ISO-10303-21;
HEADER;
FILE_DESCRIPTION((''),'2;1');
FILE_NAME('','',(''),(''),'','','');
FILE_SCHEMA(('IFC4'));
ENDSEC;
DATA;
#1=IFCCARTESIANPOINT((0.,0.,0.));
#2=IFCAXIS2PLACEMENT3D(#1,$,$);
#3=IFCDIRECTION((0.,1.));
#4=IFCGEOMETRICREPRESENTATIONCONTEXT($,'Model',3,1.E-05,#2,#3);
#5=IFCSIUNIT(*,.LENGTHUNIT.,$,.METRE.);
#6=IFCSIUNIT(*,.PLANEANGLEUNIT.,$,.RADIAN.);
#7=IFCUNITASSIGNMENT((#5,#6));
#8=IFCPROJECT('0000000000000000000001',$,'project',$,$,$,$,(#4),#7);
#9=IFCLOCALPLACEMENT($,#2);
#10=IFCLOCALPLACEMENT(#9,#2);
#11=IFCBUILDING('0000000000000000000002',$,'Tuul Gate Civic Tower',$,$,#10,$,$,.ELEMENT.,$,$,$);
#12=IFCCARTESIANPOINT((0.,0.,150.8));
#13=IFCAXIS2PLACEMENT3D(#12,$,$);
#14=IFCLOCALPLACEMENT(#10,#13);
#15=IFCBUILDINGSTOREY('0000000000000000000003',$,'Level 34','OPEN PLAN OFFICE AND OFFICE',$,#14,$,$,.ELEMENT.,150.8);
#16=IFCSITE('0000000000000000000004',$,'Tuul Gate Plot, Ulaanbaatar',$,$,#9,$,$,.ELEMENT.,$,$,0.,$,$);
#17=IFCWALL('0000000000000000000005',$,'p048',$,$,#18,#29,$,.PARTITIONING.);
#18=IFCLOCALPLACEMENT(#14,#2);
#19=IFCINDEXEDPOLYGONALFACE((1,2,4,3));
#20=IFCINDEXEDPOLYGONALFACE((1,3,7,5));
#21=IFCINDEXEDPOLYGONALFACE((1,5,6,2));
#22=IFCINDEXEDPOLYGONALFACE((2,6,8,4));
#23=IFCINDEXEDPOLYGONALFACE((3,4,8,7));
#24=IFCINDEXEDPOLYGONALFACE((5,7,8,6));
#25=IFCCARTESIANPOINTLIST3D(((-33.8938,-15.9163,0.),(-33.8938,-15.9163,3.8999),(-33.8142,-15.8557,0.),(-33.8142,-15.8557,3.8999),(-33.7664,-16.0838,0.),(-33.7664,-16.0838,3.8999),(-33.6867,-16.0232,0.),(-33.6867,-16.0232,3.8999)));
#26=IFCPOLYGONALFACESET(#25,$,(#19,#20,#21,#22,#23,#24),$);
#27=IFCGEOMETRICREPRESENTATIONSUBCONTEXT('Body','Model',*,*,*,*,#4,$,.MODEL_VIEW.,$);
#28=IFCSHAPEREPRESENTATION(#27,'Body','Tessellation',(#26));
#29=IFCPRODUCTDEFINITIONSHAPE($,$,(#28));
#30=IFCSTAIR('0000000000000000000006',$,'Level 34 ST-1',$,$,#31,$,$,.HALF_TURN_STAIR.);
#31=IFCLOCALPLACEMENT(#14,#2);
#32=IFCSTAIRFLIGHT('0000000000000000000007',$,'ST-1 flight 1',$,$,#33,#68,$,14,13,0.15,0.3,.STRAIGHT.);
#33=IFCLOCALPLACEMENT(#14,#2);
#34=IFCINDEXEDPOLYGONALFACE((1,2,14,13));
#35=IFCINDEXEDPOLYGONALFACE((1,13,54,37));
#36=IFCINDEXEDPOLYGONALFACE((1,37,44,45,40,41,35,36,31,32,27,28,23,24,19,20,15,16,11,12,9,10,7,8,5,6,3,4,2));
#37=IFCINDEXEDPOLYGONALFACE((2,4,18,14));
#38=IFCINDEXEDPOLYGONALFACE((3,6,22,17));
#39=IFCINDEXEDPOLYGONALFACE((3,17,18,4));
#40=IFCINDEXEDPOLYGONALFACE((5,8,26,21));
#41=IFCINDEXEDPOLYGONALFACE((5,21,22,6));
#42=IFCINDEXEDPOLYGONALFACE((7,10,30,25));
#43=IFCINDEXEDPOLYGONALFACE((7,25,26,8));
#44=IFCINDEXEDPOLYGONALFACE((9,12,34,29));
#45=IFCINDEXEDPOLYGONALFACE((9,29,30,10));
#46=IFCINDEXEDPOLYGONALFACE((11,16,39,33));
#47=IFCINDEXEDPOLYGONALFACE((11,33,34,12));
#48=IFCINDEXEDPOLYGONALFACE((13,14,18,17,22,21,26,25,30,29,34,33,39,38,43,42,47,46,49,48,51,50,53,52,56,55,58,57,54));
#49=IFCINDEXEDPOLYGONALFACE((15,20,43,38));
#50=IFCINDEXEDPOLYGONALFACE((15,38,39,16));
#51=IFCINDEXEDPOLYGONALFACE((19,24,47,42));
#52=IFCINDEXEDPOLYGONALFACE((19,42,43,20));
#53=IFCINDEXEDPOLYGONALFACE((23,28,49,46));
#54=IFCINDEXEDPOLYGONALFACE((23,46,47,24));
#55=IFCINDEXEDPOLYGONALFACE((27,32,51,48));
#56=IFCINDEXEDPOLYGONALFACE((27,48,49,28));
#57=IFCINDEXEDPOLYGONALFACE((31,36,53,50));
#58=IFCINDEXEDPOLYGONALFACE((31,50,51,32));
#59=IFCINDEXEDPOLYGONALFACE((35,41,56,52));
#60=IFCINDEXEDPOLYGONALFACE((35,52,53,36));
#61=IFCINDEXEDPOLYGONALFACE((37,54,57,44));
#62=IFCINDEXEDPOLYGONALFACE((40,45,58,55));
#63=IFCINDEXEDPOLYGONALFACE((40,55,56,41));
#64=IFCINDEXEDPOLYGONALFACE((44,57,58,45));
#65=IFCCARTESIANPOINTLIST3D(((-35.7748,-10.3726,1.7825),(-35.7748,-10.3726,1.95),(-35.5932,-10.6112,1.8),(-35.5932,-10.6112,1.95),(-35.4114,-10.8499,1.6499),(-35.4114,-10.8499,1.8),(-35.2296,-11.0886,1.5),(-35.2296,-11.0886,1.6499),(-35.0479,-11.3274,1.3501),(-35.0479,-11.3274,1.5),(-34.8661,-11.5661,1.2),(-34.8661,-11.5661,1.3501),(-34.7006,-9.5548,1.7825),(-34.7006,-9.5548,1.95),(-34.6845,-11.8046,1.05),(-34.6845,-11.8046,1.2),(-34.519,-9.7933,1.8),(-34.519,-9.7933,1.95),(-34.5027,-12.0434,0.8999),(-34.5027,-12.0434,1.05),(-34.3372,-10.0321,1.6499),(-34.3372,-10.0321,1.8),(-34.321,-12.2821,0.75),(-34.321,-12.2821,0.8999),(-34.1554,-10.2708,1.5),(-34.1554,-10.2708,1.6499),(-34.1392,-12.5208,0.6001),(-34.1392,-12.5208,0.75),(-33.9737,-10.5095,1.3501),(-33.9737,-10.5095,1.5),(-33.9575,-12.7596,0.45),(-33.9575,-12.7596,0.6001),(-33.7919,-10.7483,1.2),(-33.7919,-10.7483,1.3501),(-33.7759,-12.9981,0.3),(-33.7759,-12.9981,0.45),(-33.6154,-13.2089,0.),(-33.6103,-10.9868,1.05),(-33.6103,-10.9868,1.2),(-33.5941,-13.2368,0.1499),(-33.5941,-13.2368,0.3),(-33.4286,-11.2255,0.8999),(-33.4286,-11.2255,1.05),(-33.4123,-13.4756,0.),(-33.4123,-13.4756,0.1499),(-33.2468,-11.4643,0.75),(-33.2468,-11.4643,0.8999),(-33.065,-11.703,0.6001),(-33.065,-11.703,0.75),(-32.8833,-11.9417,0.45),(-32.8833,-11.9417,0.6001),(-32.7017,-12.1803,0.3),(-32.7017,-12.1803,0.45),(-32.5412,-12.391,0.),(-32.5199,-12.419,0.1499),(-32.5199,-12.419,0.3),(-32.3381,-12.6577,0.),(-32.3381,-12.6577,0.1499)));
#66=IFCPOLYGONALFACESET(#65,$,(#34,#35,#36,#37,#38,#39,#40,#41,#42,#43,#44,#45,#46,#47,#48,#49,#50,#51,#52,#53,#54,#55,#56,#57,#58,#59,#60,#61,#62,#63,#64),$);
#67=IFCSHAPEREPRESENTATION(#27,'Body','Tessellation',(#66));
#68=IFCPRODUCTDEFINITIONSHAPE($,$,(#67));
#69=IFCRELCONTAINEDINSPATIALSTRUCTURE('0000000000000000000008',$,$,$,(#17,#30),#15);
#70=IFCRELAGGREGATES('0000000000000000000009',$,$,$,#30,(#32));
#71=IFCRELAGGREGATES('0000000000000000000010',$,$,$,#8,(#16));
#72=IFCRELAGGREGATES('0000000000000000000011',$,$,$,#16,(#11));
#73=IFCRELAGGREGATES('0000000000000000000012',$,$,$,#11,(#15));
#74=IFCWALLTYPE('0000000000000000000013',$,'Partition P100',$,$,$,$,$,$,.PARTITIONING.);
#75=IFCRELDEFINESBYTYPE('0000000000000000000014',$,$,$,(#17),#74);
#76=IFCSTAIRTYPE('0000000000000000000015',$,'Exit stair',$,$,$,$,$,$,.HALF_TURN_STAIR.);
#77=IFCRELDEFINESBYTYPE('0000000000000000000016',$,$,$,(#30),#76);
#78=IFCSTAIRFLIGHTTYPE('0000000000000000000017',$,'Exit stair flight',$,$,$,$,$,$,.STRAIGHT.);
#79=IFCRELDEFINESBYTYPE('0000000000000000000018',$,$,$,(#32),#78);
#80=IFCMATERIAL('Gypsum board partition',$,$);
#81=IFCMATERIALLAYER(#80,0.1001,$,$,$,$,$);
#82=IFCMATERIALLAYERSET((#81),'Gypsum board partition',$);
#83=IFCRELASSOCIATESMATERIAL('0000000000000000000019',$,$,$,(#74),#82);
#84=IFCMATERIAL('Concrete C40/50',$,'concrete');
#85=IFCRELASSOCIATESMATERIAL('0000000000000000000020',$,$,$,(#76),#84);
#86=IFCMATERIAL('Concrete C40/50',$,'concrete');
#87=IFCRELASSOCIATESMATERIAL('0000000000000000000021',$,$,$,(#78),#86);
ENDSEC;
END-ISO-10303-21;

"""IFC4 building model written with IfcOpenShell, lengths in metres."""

from ifc_helpers import new_model, si_unit, direction, frame, frame_2d, origin, place, context, subcontext, project, spatial, polyline, rectangle, outline, extrude, material, layer, layer_set, type_object, element, aggregate, save


model = new_model("IFC4")

# Units and contexts
model_context = context("Model", 3, precision=1e-05, world=origin(), true_north=direction((0.0, 1.0)))
body_context = subcontext(model_context, "Body", "Model", "MODEL_VIEW")
ifc_project = project(units=[si_unit("LENGTHUNIT", "METRE"), si_unit("PLANEANGLEUNIT", "RADIAN")], contexts=[model_context])

# Site, building, storey
site_placement = place(None, origin())
site = spatial("IfcSite", under=ifc_project, at=site_placement, Name="Tuul Gate Plot, Ulaanbaatar", CompositionType="ELEMENT", RefElevation=0.0)
building_placement = place(site_placement, origin())
building = spatial("IfcBuilding", under=site, at=building_placement, Name="Tuul Gate Civic Tower", CompositionType="ELEMENT")
storey_placement = place(building_placement, frame((0.0, 0.0, 150.8)))
storey = spatial("IfcBuildingStorey", under=building, at=storey_placement, Name="Level 34", Description="OPEN PLAN OFFICE AND OFFICE", CompositionType="ELEMENT", Elevation=150.8)

# Wall
ifc_material_1 = material(Name="Gypsum board partition")
ifc_layer_1 = layer(ifc_material_1, 0.1001)
ifc_layer_set_1 = layer_set([ifc_layer_1], Name="Gypsum board partition")
wall_type_1 = type_object("IfcWallType", Name="Partition P100", PredefinedType="PARTITIONING", material=ifc_layer_set_1)
wall_1_placement = place(storey_placement, frame((-33.7266, -16.0535, 0.0), z_axis=(0.0, 0.0, 1.0), x_axis=(-0.605554, 0.795804, 0.0)))
element("IfcWall", 1, at=wall_1_placement, inside=storey, type_object=wall_type_1, Name="p048", PredefinedType="PARTITIONING", context=body_context, shape_type="SweptSolid", body=[
    extrude(rectangle(XDim=0.2104, YDim=0.1001, at=frame_2d((0.1052, 0.0))), origin(), (0.0, 0.0, 1.0), 3.8999),
])

# Stair, stair flight
ifc_material_2 = material(Name="Concrete C40/50", Category="concrete")
stair_type = type_object("IfcStairType", Name="Exit stair", PredefinedType="HALF_TURN_STAIR", material=ifc_material_2)
stair_placement = place(storey_placement, origin())
stair = element("IfcStair", 2, at=stair_placement, inside=storey, type_object=stair_type, Name="Level 34 ST-1", PredefinedType="HALF_TURN_STAIR")
ifc_material_3 = material(Name="Concrete C40/50", Category="concrete")
stair_flight_type = type_object("IfcStairFlightType", Name="Exit stair flight", PredefinedType="STRAIGHT", material=ifc_material_3)
stair_flight_placement = place(storey_placement, frame((-32.8752, -13.0667, 0.0), z_axis=(0.0, 0.0, 1.0), x_axis=(-0.605764, 0.795644, 0.0)))
stair_flight = element("IfcStairFlight", 3, at=stair_flight_placement, type_object=stair_flight_type, Name="ST-1 flight 1", NumberOfRisers=14, NumberOfTreads=13, PredefinedType="STRAIGHT", RiserHeight=0.15, TreadLength=0.3, context=body_context, shape_type="SweptSolid", body=[
    extrude(outline(polyline([(0.0, 0.0), (0.0, 0.1499), (0.3, 0.1499), (0.3, 0.3), (0.6001, 0.3), (0.6001, 0.45), (0.8999, 0.45), (0.8999, 0.6001), (1.2, 0.6001), (1.2, 0.75), (1.5, 0.75), (1.5, 0.8999), (1.8, 0.8999), (1.8, 1.05), (2.1001, 1.05), (2.1001, 1.2), (2.3999, 1.2), (2.3999, 1.3501), (2.7, 1.3501), (2.7, 1.5), (3.0, 1.5), (3.0, 1.6499), (3.3, 1.6499), (3.3, 1.8), (3.6001, 1.8), (3.6001, 1.95), (3.8999, 1.95), (3.8999, 2.1001), (3.8999, 1.7825), (0.3352, 0.0), (0.0, 0.0)])), frame((0.0, 0.675, 0.0), z_axis=(0.0, -1.0, 0.0), x_axis=(1.0, 0.0, 0.0)), (0.0, 0.0, 1.0), 1.3501),
])
aggregate(stair, [stair_flight])

save(model, "model.ifc")
